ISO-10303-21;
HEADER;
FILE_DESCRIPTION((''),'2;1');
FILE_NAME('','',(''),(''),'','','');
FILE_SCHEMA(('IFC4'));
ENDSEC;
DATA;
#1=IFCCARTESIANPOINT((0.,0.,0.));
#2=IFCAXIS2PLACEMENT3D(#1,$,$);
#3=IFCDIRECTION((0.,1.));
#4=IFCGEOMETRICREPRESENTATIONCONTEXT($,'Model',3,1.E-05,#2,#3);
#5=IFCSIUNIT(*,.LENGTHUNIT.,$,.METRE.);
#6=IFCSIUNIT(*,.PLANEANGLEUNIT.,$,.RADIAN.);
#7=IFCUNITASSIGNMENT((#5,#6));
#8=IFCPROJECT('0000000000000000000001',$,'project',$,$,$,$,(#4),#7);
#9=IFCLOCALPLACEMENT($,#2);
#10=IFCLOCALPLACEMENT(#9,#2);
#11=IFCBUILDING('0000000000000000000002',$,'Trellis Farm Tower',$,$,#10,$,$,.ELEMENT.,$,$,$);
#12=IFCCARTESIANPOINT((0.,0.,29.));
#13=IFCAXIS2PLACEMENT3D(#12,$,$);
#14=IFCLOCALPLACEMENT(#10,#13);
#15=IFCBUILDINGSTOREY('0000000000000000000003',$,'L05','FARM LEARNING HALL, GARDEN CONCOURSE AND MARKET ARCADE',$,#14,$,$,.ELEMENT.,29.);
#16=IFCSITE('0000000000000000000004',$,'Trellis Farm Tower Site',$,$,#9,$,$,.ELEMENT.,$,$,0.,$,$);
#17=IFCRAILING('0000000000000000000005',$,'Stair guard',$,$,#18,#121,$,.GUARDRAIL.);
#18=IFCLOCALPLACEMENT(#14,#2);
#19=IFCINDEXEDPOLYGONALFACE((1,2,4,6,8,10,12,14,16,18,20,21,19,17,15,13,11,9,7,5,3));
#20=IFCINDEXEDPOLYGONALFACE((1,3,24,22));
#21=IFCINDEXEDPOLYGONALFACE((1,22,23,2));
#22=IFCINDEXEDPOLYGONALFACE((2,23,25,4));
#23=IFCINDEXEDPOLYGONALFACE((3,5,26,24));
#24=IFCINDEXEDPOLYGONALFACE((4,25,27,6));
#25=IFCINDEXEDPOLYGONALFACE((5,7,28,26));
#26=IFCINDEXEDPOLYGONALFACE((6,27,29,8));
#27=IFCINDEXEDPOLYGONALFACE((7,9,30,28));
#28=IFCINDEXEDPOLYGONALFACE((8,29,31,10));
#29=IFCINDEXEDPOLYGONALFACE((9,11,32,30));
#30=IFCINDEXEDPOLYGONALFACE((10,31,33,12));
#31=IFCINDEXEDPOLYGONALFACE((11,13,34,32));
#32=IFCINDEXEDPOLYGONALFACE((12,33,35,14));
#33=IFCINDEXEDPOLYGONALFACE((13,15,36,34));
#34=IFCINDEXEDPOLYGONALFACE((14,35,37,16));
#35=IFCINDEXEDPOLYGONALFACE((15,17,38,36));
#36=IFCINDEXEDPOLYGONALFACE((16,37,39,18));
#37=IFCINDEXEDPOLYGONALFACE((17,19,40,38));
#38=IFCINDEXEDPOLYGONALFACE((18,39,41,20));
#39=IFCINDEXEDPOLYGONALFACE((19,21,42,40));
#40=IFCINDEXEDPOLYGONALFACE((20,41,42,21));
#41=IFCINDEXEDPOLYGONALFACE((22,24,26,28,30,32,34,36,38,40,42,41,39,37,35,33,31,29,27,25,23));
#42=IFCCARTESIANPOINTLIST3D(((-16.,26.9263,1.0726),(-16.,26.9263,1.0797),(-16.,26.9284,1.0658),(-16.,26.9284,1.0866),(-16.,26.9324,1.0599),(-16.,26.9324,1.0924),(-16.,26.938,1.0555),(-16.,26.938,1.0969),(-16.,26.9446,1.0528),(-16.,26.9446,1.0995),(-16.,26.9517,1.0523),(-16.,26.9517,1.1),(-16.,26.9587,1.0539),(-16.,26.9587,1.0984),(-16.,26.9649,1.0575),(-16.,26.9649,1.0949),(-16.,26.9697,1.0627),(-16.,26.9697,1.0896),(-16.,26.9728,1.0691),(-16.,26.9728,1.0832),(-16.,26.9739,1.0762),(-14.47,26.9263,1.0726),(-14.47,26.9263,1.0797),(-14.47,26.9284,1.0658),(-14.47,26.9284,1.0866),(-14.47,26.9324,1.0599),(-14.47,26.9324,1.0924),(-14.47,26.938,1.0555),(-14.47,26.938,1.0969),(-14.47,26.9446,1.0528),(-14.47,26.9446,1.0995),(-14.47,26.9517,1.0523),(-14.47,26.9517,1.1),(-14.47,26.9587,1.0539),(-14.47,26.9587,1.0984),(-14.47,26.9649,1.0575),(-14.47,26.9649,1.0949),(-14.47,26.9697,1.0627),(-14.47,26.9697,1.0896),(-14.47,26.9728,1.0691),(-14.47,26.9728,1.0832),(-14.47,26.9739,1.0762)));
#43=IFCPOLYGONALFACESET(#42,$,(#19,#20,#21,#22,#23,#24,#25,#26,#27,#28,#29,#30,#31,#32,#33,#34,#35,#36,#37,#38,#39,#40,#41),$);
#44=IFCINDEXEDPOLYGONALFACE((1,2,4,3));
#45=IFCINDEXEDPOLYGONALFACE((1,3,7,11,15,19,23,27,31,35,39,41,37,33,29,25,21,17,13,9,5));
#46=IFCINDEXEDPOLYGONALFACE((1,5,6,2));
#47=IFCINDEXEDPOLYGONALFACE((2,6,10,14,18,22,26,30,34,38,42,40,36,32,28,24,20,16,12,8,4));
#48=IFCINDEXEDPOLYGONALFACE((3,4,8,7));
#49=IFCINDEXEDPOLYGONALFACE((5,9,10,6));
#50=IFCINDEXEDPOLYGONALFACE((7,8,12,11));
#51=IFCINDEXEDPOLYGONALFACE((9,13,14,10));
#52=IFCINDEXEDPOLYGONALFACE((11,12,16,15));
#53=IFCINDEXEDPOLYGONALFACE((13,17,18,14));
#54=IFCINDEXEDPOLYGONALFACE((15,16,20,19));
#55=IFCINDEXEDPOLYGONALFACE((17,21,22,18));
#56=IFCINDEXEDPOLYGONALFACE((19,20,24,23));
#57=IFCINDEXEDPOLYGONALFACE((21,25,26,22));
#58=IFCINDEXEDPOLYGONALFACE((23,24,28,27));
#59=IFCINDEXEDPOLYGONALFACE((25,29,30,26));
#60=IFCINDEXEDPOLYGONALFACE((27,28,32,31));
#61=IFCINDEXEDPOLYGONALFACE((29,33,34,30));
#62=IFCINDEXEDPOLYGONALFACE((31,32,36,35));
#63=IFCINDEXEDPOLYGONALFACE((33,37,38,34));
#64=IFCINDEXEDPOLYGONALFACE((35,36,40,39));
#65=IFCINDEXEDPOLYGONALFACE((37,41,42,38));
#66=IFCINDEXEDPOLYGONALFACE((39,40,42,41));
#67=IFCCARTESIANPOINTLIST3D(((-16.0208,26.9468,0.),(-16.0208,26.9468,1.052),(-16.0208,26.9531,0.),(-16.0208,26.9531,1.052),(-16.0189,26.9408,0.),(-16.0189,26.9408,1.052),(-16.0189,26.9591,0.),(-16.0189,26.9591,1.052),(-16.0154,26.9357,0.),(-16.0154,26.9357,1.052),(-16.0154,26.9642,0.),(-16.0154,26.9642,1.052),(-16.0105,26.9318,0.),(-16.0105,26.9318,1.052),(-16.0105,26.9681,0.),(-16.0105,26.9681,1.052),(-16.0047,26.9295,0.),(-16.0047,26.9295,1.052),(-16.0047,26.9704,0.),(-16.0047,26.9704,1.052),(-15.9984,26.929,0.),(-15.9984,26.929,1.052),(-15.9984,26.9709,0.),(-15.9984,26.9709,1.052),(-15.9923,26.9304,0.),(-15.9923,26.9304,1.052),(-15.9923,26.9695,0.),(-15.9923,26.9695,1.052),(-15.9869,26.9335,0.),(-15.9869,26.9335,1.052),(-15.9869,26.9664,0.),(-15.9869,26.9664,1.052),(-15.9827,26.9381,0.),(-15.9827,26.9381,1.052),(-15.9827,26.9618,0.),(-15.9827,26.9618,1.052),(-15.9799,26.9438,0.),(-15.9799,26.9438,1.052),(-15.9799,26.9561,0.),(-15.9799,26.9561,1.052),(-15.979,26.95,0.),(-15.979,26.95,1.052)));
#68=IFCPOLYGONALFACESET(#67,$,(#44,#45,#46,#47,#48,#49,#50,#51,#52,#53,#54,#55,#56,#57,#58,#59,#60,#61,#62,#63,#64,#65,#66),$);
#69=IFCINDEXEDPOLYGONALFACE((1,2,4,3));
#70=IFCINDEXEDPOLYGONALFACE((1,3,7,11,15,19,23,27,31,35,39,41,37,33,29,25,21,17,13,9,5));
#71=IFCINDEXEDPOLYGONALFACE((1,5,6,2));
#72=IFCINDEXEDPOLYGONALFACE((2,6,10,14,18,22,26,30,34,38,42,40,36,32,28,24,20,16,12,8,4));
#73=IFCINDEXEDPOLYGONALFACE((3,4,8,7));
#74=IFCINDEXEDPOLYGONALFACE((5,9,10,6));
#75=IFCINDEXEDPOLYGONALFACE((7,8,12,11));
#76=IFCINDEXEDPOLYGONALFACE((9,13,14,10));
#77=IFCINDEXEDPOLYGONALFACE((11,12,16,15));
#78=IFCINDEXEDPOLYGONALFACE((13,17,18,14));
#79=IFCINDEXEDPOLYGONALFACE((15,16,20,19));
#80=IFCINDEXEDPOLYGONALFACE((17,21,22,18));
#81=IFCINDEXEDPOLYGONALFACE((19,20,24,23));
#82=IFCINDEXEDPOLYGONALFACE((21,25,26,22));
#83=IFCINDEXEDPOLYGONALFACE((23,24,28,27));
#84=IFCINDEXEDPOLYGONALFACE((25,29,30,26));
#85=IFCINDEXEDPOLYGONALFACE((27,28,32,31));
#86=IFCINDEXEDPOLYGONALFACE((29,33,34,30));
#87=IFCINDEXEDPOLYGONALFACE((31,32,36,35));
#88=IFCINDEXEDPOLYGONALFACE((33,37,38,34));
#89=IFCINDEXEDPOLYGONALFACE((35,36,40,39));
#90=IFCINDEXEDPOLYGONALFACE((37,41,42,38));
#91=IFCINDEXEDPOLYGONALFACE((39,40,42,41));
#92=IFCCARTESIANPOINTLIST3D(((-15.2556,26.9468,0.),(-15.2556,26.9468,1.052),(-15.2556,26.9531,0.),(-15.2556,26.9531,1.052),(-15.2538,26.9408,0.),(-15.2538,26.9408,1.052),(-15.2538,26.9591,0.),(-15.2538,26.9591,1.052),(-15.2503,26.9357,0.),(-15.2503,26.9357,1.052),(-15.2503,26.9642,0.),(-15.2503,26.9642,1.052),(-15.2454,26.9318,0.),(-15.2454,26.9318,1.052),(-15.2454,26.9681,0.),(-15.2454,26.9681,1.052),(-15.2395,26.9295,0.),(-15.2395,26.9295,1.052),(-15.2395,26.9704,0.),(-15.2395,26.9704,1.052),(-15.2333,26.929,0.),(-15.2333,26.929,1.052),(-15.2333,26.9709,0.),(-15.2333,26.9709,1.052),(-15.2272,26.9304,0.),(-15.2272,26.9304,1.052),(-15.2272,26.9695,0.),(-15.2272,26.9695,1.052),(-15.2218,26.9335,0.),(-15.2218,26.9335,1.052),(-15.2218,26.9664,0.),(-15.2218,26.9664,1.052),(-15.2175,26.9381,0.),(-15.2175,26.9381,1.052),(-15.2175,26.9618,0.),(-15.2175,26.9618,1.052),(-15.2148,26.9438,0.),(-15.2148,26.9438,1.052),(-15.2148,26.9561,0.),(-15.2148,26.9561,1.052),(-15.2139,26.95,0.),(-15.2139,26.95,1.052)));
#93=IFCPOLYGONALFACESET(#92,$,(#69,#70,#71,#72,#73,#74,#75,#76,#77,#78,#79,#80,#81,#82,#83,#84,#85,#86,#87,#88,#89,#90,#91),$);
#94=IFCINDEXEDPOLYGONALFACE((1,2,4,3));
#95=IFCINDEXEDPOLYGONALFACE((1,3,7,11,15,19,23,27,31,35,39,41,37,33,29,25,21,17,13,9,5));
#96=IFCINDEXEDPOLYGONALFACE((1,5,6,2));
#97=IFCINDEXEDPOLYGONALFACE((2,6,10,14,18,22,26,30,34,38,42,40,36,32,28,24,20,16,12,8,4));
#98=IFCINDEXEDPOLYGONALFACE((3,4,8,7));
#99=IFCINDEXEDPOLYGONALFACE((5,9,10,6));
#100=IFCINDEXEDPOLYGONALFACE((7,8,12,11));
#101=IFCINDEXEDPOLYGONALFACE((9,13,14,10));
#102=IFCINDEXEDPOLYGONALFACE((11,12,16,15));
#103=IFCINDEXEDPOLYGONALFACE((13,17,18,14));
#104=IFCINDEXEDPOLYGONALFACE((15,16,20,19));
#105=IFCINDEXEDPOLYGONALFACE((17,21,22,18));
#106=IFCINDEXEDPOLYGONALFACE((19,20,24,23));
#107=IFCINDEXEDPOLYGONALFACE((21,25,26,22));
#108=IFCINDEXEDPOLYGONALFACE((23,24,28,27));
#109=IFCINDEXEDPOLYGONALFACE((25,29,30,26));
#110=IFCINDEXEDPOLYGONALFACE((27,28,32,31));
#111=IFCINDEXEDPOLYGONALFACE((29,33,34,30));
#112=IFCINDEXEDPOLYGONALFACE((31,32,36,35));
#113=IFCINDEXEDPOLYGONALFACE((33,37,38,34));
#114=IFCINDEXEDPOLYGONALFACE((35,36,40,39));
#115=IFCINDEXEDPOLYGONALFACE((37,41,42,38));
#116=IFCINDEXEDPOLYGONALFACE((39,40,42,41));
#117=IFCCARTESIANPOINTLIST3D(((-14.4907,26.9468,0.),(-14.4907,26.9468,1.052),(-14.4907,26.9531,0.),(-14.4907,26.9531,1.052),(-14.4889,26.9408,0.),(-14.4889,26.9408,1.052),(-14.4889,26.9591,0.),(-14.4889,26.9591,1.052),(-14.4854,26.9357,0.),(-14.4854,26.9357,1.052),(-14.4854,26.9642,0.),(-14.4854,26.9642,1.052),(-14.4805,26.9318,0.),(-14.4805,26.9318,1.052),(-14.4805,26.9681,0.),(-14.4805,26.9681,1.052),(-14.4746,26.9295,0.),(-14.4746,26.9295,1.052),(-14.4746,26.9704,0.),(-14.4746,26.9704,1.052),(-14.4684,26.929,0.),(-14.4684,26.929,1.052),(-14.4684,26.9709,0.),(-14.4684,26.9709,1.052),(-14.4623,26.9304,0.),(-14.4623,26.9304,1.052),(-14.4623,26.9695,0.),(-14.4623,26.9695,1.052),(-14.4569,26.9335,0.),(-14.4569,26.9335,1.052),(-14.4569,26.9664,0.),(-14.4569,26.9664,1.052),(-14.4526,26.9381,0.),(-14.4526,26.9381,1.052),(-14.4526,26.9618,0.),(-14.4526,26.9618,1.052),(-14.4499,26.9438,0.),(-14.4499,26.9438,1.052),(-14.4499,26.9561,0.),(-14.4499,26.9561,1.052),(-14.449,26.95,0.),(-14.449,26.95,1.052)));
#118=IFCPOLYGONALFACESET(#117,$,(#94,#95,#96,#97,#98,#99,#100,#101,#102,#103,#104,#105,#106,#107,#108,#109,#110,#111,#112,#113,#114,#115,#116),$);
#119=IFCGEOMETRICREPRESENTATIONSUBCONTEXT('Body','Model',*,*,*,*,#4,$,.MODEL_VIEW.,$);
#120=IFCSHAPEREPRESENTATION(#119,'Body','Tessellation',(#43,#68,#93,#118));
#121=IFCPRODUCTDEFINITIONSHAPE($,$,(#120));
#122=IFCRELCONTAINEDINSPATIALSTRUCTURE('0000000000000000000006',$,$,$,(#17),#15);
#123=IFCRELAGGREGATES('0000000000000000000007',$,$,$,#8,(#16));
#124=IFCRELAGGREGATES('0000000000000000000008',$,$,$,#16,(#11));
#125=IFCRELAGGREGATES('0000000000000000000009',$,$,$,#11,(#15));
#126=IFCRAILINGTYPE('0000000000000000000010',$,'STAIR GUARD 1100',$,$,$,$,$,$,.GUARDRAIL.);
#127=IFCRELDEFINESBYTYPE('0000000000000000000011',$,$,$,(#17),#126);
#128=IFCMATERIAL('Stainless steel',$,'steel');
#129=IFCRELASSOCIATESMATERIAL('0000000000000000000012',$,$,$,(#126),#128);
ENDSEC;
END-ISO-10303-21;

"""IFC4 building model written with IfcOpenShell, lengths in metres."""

from ifc_helpers import new_model, si_unit, direction, frame, origin, origin_2d, place, context, subcontext, project, spatial, circle, extrude, source, transform, mapped, material, type_object, element, save


model = new_model("IFC4")

# Units and contexts
model_context = context("Model", 3, precision=1e-05, world=origin(), true_north=direction((0.0, 1.0)))
body_context = subcontext(model_context, "Body", "Model", "MODEL_VIEW")
ifc_project = project(units=[si_unit("LENGTHUNIT", "METRE"), si_unit("PLANEANGLEUNIT", "RADIAN")], contexts=[model_context])

# Site, building, storey
site_placement = place(None, origin())
site = spatial("IfcSite", under=ifc_project, at=site_placement, Name="Trellis Farm Tower Site", CompositionType="ELEMENT", RefElevation=0.0)
building_placement = place(site_placement, origin())
building = spatial("IfcBuilding", under=site, at=building_placement, Name="Trellis Farm Tower", CompositionType="ELEMENT")
storey_placement = place(building_placement, frame((0.0, 0.0, 29.0)))
storey = spatial("IfcBuildingStorey", under=building, at=storey_placement, Name="L05", Description="FARM LEARNING HALL, GARDEN CONCOURSE AND MARKET ARCADE", CompositionType="ELEMENT", Elevation=29.0)

# Railing
ifc_material_1 = material(Name="Stainless steel", Category="steel")
railing_type = type_object("IfcRailingType", Name="STAIR GUARD 1100", PredefinedType="GUARDRAIL", material=ifc_material_1)
shared_shape_1 = source(origin(), body_context, "Body", "SweptSolid", [
    extrude(circle(Radius=0.0239, at=origin_2d()), frame((0.0, 0.0, 1.0762), z_axis=(1.0, 0.0, 0.0), x_axis=(0.0, 1.0, 0.0)), (0.0, 0.0, 1.0), 1.53),
    extrude(circle(Radius=0.021, at=origin_2d()), origin(), (0.0, 0.0, 1.0), 1.052),
    extrude(circle(Radius=0.021, at=origin_2d()), frame((0.7651, 0.0, 0.0)), (0.0, 0.0, 1.0), 1.052),
    extrude(circle(Radius=0.021, at=origin_2d()), frame((1.53, 0.0, 0.0)), (0.0, 0.0, 1.0), 1.052),
])
for number, where, name in (
    (1, (-16.0, 26.95, 0.0), "Stair guard"),
):
    element("IfcRailing", number, at=place(storey_placement, frame(where)), inside=storey, type_object=railing_type, Name=name, PredefinedType="GUARDRAIL", context=body_context, shape_type="MappedRepresentation", body=[
        mapped(shared_shape_1, transform((0.0, 0.0, 0.0))),
    ])

save(model, "model.ifc")
